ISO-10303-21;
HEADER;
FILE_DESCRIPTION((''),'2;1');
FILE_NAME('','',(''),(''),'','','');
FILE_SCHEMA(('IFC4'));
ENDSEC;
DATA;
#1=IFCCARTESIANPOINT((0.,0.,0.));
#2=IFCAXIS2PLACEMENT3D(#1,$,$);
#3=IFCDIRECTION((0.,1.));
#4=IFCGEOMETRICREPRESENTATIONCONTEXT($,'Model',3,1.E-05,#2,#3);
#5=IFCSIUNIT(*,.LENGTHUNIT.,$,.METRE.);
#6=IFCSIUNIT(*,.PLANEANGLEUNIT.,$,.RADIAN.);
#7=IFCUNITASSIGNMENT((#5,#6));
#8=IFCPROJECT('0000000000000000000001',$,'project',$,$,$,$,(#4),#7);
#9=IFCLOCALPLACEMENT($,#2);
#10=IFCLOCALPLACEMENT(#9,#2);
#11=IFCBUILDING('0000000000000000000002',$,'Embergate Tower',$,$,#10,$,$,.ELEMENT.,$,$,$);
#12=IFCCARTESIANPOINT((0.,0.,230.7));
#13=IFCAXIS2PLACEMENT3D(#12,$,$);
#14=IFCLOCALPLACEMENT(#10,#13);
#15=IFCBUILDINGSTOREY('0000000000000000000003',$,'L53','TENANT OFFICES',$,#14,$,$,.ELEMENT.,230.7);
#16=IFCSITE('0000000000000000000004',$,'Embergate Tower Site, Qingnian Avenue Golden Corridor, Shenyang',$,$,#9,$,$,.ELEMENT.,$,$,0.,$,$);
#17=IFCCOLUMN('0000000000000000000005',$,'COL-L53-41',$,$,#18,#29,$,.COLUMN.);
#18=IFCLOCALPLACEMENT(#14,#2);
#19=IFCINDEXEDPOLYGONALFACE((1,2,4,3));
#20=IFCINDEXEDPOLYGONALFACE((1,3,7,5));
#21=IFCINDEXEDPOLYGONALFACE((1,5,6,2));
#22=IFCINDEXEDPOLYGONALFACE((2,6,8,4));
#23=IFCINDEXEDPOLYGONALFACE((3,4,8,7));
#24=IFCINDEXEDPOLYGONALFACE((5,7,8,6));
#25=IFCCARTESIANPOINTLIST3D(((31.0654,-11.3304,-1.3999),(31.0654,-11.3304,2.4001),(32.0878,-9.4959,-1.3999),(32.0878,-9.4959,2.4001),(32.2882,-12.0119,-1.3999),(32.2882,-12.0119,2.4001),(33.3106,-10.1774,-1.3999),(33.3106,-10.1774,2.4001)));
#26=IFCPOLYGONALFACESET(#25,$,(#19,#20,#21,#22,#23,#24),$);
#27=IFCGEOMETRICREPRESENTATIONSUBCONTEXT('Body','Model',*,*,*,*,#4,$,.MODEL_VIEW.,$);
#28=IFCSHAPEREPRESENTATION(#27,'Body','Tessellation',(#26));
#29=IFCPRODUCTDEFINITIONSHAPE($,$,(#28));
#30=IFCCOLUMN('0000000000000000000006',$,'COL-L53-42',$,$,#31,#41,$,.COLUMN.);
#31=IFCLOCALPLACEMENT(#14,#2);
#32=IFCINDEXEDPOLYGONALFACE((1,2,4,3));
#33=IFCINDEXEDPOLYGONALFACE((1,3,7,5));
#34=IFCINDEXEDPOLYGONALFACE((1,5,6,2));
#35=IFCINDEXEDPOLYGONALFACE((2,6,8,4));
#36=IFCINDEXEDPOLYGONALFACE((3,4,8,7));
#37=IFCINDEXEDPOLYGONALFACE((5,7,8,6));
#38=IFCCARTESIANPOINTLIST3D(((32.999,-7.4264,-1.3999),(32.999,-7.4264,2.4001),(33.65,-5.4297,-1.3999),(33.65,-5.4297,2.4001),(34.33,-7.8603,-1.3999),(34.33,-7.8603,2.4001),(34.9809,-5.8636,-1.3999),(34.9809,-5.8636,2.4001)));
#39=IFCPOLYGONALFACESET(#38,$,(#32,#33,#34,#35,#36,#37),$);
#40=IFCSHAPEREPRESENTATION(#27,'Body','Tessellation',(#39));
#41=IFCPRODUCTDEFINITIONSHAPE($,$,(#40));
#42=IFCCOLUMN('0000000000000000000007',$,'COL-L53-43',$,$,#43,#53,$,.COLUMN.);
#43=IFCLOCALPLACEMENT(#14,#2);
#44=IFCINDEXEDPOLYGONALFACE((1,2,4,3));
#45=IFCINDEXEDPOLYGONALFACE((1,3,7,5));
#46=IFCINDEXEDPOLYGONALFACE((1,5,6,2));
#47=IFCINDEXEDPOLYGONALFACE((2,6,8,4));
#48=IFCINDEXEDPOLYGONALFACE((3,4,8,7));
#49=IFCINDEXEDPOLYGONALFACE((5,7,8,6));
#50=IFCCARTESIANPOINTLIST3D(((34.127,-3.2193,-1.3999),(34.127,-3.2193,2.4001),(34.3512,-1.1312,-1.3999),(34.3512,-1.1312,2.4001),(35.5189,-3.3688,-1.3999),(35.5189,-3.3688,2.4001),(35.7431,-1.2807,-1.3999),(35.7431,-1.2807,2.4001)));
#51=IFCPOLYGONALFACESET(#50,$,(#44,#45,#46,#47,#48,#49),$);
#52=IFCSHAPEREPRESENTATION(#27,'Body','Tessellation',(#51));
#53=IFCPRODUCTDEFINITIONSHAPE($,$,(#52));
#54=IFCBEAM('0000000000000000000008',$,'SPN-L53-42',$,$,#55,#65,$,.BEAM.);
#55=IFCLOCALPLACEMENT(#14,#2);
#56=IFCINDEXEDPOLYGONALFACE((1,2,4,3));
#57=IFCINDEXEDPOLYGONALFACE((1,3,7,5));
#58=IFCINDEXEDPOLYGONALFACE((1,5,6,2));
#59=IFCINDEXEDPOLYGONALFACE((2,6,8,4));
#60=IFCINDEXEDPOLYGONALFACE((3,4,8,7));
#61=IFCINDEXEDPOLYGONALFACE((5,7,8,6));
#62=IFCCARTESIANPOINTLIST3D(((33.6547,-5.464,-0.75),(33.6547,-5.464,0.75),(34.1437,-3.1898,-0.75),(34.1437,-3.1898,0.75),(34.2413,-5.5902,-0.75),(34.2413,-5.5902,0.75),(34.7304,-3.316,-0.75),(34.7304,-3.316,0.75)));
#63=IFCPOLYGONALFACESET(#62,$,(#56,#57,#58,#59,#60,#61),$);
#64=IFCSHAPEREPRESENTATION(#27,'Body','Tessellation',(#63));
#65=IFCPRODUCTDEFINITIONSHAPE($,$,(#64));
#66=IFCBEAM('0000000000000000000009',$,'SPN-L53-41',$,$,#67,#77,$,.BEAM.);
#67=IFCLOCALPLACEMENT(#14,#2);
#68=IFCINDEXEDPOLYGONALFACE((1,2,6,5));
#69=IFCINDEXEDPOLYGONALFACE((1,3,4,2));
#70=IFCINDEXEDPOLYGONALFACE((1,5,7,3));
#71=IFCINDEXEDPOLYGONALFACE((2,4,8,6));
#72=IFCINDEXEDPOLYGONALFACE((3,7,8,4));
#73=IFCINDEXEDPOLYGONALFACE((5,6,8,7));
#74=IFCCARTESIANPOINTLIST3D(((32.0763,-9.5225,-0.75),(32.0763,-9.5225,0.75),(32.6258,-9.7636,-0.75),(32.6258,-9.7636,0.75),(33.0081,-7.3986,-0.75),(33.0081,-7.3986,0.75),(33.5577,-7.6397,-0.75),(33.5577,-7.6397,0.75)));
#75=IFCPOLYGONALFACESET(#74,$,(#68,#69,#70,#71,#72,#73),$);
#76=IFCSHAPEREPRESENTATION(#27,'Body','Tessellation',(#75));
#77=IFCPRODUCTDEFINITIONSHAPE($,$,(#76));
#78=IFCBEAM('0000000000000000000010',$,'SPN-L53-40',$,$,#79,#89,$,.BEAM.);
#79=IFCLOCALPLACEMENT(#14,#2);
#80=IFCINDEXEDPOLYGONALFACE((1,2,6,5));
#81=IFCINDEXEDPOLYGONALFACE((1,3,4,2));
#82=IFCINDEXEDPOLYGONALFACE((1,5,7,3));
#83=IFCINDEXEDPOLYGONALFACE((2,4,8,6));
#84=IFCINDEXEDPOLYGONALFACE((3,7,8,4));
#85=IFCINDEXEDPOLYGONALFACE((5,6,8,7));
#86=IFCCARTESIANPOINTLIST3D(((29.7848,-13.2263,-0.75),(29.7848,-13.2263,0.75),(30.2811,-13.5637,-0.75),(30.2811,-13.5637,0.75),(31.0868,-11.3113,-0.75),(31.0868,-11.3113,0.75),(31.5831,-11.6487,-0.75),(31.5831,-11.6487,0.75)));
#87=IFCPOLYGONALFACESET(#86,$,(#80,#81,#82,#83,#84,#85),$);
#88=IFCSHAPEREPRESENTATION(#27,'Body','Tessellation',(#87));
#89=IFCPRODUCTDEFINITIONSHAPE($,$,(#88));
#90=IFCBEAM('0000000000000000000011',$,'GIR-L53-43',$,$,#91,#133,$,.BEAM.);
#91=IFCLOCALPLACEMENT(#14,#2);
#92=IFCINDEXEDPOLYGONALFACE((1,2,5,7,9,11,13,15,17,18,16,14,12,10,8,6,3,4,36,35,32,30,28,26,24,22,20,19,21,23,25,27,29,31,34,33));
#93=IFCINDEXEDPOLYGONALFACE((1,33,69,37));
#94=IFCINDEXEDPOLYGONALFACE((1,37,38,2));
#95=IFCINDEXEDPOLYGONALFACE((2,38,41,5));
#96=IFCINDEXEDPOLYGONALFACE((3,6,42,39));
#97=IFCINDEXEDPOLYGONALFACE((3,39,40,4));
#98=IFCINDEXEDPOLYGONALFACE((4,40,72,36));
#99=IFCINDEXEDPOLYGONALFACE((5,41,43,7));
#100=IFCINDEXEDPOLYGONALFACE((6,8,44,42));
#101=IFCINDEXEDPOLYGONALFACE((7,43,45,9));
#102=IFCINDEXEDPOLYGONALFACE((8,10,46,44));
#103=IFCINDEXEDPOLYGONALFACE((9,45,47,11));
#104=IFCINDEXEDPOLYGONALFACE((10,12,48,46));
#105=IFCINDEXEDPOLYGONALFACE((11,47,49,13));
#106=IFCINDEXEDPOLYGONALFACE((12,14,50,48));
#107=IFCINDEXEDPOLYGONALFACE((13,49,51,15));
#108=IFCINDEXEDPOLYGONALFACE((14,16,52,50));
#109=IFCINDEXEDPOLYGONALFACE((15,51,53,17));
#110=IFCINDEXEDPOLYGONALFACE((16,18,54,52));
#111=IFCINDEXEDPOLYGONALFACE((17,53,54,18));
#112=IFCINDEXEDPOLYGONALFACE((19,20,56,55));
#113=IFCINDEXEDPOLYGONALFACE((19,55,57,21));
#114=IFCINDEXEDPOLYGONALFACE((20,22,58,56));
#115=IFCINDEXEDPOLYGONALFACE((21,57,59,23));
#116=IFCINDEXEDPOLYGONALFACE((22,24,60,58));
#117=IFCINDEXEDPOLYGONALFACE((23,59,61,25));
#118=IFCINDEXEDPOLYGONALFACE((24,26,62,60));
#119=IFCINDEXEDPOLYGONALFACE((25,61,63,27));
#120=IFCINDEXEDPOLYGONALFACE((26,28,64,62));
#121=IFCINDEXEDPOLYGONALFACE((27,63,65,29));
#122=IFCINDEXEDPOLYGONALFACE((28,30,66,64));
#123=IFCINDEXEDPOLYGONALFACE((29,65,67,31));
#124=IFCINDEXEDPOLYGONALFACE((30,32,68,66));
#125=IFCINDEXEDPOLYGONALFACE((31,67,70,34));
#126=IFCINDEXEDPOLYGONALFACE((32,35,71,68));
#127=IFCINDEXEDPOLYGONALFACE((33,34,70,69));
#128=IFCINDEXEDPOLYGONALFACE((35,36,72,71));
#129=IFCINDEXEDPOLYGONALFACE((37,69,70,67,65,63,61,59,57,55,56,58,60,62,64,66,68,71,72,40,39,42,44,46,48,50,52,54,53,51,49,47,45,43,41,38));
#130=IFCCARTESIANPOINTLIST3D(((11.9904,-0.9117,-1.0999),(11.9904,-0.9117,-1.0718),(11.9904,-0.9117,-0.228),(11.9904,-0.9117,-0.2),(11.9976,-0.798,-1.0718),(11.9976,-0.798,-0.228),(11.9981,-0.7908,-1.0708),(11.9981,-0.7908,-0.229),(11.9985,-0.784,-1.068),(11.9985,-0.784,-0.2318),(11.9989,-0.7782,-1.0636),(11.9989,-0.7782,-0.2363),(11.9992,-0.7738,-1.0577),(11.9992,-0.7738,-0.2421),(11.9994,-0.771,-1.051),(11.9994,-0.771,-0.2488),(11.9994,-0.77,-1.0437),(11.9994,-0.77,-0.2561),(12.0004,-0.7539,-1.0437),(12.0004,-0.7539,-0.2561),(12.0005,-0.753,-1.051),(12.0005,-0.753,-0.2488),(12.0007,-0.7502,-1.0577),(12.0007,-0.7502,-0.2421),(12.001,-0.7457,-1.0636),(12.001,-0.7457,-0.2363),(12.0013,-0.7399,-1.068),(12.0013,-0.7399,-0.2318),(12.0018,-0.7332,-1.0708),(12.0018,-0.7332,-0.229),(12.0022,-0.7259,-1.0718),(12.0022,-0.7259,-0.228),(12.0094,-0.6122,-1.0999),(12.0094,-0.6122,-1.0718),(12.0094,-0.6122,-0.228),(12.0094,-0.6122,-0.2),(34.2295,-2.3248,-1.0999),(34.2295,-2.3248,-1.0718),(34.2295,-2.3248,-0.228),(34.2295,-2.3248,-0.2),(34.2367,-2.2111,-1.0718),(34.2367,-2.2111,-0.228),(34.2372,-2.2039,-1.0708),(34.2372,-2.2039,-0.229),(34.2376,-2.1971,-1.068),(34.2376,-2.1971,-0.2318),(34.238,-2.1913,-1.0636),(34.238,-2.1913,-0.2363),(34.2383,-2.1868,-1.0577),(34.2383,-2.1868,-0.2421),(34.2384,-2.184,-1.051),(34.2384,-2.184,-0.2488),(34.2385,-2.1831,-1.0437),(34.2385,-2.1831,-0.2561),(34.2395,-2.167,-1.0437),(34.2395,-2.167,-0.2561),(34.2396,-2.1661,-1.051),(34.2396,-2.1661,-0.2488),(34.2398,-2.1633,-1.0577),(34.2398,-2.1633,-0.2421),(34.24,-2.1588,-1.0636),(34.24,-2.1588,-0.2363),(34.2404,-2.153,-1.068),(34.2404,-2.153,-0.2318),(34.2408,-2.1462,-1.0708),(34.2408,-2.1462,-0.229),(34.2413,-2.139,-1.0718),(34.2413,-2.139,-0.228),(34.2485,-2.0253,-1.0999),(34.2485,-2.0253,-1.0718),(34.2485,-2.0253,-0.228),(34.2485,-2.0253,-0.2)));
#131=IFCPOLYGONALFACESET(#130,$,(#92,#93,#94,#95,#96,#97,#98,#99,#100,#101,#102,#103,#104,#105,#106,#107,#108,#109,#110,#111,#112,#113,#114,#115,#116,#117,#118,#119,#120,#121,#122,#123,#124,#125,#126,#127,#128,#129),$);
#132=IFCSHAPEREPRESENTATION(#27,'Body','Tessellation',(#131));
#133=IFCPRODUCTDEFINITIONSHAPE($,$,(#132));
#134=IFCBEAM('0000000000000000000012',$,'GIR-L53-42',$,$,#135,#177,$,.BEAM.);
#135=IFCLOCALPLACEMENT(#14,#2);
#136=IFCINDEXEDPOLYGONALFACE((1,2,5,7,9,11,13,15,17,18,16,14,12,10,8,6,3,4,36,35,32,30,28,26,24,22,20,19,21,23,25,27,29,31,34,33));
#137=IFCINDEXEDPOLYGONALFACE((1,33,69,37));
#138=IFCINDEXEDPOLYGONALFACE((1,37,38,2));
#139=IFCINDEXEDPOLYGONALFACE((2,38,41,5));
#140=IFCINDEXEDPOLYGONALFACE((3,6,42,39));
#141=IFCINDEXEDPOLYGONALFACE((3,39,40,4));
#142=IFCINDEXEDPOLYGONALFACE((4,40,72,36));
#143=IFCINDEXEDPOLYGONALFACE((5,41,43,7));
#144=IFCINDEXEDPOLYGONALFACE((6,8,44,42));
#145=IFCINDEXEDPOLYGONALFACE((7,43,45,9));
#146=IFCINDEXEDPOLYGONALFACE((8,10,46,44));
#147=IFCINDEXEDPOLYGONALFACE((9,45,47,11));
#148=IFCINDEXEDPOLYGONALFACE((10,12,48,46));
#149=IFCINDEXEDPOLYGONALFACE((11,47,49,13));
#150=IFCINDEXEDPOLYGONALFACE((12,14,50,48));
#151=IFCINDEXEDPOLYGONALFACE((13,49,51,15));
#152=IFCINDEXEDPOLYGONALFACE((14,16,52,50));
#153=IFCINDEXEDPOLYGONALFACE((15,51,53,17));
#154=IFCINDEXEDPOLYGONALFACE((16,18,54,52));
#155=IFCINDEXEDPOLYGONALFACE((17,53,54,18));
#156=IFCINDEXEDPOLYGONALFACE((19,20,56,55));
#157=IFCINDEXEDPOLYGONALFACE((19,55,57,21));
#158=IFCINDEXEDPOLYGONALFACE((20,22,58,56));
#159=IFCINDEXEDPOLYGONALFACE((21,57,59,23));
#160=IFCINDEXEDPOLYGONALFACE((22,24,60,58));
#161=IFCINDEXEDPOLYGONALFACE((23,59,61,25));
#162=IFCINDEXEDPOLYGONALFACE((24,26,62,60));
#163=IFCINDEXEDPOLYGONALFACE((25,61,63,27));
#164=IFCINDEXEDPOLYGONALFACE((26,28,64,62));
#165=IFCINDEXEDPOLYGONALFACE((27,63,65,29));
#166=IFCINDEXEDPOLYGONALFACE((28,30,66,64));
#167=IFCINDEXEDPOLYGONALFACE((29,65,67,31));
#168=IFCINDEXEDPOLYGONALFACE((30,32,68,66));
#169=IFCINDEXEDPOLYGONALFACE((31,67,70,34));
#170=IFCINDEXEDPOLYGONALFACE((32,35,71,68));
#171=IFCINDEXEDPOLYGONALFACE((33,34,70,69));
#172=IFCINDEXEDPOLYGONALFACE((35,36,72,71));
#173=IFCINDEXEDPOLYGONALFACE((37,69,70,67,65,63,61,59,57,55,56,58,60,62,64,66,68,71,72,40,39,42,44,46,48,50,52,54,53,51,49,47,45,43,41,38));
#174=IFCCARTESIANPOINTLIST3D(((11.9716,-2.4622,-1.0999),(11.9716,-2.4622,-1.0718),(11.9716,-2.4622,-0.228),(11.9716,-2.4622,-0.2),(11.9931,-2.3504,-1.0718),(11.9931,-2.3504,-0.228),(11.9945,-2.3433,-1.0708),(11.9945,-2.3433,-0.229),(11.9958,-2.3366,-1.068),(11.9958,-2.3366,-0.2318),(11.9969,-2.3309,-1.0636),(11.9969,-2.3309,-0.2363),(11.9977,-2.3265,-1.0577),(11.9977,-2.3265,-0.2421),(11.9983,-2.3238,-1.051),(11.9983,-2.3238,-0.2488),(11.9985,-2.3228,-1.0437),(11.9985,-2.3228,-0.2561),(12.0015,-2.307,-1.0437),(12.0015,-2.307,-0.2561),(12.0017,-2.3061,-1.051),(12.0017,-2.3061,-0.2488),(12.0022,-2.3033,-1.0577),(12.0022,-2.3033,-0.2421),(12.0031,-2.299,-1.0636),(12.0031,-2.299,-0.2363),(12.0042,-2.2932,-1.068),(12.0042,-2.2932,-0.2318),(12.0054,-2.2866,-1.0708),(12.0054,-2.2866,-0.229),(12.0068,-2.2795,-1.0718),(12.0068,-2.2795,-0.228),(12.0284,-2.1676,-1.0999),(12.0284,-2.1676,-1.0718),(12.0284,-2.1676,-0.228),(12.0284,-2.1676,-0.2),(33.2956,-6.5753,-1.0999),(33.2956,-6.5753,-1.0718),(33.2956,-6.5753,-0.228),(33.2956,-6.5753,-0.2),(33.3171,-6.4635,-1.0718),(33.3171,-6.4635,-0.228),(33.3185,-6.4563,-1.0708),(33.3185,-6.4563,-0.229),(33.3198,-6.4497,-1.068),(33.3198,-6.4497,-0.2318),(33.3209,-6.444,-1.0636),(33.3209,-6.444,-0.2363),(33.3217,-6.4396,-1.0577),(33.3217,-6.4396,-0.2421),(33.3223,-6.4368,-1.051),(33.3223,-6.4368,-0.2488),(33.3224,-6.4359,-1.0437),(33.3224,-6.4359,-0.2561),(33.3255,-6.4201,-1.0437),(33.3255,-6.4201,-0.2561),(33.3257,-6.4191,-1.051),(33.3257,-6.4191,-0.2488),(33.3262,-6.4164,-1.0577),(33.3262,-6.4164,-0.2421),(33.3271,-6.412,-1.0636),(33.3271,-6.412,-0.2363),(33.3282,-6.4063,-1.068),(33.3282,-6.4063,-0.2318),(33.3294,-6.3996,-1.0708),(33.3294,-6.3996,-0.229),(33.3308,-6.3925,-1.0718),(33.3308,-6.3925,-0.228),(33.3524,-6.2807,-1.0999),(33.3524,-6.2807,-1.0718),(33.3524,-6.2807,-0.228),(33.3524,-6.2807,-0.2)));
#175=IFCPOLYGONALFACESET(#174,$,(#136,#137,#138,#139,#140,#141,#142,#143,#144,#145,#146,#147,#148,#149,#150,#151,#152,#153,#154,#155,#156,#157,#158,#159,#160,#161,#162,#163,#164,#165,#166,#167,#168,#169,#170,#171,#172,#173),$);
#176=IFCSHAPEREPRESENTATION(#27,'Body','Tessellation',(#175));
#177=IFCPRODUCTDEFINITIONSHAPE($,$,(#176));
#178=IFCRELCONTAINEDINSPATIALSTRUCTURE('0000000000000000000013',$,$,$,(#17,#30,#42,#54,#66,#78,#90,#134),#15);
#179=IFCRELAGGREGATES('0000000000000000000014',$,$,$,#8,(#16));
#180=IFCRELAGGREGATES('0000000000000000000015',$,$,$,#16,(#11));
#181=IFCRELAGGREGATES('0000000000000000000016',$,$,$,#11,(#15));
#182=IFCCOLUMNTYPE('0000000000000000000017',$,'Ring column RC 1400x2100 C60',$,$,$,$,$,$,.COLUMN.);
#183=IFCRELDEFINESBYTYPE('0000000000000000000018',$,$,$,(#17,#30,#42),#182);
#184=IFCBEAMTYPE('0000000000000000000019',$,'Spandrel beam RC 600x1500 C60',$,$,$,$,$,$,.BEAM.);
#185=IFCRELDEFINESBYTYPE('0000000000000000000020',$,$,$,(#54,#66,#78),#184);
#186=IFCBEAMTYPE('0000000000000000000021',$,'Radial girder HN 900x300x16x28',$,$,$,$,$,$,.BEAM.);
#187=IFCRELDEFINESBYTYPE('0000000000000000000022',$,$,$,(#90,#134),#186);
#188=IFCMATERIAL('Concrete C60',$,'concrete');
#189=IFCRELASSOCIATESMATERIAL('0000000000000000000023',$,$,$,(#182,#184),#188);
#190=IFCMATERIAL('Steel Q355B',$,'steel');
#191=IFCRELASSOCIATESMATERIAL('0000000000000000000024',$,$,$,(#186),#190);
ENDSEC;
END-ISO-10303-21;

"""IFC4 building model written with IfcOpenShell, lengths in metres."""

from ifc_helpers import new_model, si_unit, direction, frame, origin, origin_2d, place, context, subcontext, project, spatial, rectangle, i_section, extrude, source, transform, mapped, material, material_profile, profile_set, type_object, element, save


model = new_model("IFC4")

# Units and contexts
model_context = context("Model", 3, precision=1e-05, world=origin(), true_north=direction((0.0, 1.0)))
body_context = subcontext(model_context, "Body", "Model", "MODEL_VIEW")
ifc_project = project(units=[si_unit("LENGTHUNIT", "METRE"), si_unit("PLANEANGLEUNIT", "RADIAN")], contexts=[model_context])

# Site, building, storey
site_placement = place(None, origin())
site = spatial("IfcSite", under=ifc_project, at=site_placement, Name="Embergate Tower Site, Qingnian Avenue Golden Corridor, Shenyang", CompositionType="ELEMENT", RefElevation=0.0)
building_placement = place(site_placement, origin())
building = spatial("IfcBuilding", under=site, at=building_placement, Name="Embergate Tower", CompositionType="ELEMENT")
storey_placement = place(building_placement, frame((0.0, 0.0, 230.7)))
storey = spatial("IfcBuildingStorey", under=building, at=storey_placement, Name="L53", Description="TENANT OFFICES", CompositionType="ELEMENT", Elevation=230.7)

# Columns
ifc_material_1 = material(Name="Concrete C60", Category="concrete")
ifc_material_profile_1 = material_profile(ifc_material_1, rectangle(XDim=1.3999, YDim=2.1001, at=origin_2d()), Name="RC 1400x2100")
ifc_profile_set_1 = profile_set([ifc_material_profile_1], Name="Concrete C60")
column_type = type_object("IfcColumnType", Name="Ring column RC 1400x2100 C60", PredefinedType="COLUMN", material=ifc_profile_set_1)
shared_shape_1 = source(origin(), body_context, "Body", "SweptSolid", [
    extrude(rectangle(XDim=1.3999, YDim=2.1001, at=origin_2d()), origin(), (0.0, 0.0, 1.0), 3.8),
])
for number, where, z_axis, x_axis, name in (
    (1, (32.188, -10.7539, -1.3999), (0.0, 0.0, 1.0), (0.8735, -0.486823, 0.0), "COL-L53-41"),
    (2, (33.99, -6.645, -1.3999), (0.0, 0.0, 1.0), (0.950754, -0.309946, 0.0), "COL-L53-42"),
    (3, (34.9351, -2.25, -1.3999), (0.0, 0.0, 1.0), (0.994286, -0.10675, 0.0), "COL-L53-43"),
):
    element("IfcColumn", number, at=place(storey_placement, frame(where, z_axis=z_axis, x_axis=x_axis)), inside=storey, type_object=column_type, Name=name, PredefinedType="COLUMN", context=body_context, shape_type="MappedRepresentation", body=[
        mapped(shared_shape_1, transform((0.0, 0.0, 0.0))),
    ])

# Beams
ifc_material_profile_2 = material_profile(ifc_material_1, rectangle(XDim=0.6001, YDim=1.5, at=origin_2d()), Name="RC 600x1500")
ifc_profile_set_2 = profile_set([ifc_material_profile_2], Name="Concrete C60")
beam_type_1 = type_object("IfcBeamType", Name="Spandrel beam RC 600x1500 C60", PredefinedType="BEAM", material=ifc_profile_set_2)
shared_shape_2 = source(origin(), body_context, "Body", "SweptSolid", [
    extrude(rectangle(XDim=0.6001, YDim=1.5, at=origin_2d()), origin(), (0.0, 0.0, 1.0), 2.3262),
])
beam_1_placement = place(storey_placement, frame((33.948, -5.5271, 0.0), z_axis=(0.210224, 0.977653, 0.0), x_axis=(-0.977653, 0.210224, 0.0)))
element("IfcBeam", 4, at=beam_1_placement, inside=storey, type_object=beam_type_1, Name="SPN-L53-42", PredefinedType="BEAM", context=body_context, shape_type="MappedRepresentation", body=[
    mapped(shared_shape_2, transform((0.0, 0.0, 0.0))),
])
shared_shape_3 = source(origin(), body_context, "Body", "SweptSolid", [
    extrude(rectangle(XDim=0.6001, YDim=1.5, at=origin_2d()), origin(), (0.0, 0.0, 1.0), 2.3193),
])
beam_2_placement = place(storey_placement, frame((32.3511, -9.6431, 0.0), z_axis=(0.401768, 0.915741, 0.0), x_axis=(-0.915741, 0.401768, 0.0)))
element("IfcBeam", 5, at=beam_2_placement, inside=storey, type_object=beam_type_1, Name="SPN-L53-41", PredefinedType="BEAM", context=body_context, shape_type="MappedRepresentation", body=[
    mapped(shared_shape_3, transform((0.0, 0.0, 0.0))),
])
shared_shape_4 = source(origin(), body_context, "Body", "SweptSolid", [
    extrude(rectangle(XDim=0.6001, YDim=1.5, at=origin_2d()), origin(), (0.0, 0.0, 1.0), 2.3157),
])
beam_3_placement = place(storey_placement, frame((30.033, -13.395, 0.0), z_axis=(0.562244, 0.826972, 0.0), x_axis=(-0.826972, 0.562244, 0.0)))
element("IfcBeam", 6, at=beam_3_placement, inside=storey, type_object=beam_type_1, Name="SPN-L53-40", PredefinedType="BEAM", context=body_context, shape_type="MappedRepresentation", body=[
    mapped(shared_shape_4, transform((0.0, 0.0, 0.0))),
])
ifc_material_2 = material(Name="Steel Q355B", Category="steel")
ifc_material_profile_3 = material_profile(ifc_material_2, i_section(OverallWidth=0.3, OverallDepth=0.8999, WebThickness=0.0161, FlangeThickness=0.0281, FilletRadius=0.0281, at=origin_2d()), Name="HN 900x300x16x28")
ifc_profile_set_3 = profile_set([ifc_material_profile_3], Name="Steel Q355 grade B")
beam_type_2 = type_object("IfcBeamType", Name="Radial girder HN 900x300x16x28", PredefinedType="BEAM", material=ifc_profile_set_3)
shared_shape_5 = source(origin(), body_context, "Body", "SweptSolid", [
    extrude(i_section(OverallWidth=0.3, OverallDepth=0.8999, WebThickness=0.0161, FlangeThickness=0.0281, FilletRadius=0.0281, at=origin_2d()), origin(), (0.0, 0.0, 1.0), 22.2839),
])
beam_4_placement = place(storey_placement, frame((34.239, -2.175, -0.6499), z_axis=(-0.997987, 0.063413, 0.0), x_axis=(-0.063413, -0.997987, 0.0)))
element("IfcBeam", 7, at=beam_4_placement, inside=storey, type_object=beam_type_2, Name="GIR-L53-43", PredefinedType="BEAM", context=body_context, shape_type="MappedRepresentation", body=[
    mapped(shared_shape_5, transform((0.0, 0.0, 0.0))),
])
shared_shape_6 = source(origin(), body_context, "Body", "SweptSolid", [
    extrude(i_section(OverallWidth=0.3, OverallDepth=0.8999, WebThickness=0.0161, FlangeThickness=0.0281, FilletRadius=0.0281, at=origin_2d()), origin(), (0.0, 0.0, 1.0), 21.717),
])
beam_5_placement = place(storey_placement, frame((33.324, -6.428, -0.6499), z_axis=(-0.981901, 0.189392, 0.0), x_axis=(-0.189392, -0.981901, 0.0)))
element("IfcBeam", 8, at=beam_5_placement, inside=storey, type_object=beam_type_2, Name="GIR-L53-42", PredefinedType="BEAM", context=body_context, shape_type="MappedRepresentation", body=[
    mapped(shared_shape_6, transform((0.0, 0.0, 0.0))),
])

save(model, "model.ifc")
